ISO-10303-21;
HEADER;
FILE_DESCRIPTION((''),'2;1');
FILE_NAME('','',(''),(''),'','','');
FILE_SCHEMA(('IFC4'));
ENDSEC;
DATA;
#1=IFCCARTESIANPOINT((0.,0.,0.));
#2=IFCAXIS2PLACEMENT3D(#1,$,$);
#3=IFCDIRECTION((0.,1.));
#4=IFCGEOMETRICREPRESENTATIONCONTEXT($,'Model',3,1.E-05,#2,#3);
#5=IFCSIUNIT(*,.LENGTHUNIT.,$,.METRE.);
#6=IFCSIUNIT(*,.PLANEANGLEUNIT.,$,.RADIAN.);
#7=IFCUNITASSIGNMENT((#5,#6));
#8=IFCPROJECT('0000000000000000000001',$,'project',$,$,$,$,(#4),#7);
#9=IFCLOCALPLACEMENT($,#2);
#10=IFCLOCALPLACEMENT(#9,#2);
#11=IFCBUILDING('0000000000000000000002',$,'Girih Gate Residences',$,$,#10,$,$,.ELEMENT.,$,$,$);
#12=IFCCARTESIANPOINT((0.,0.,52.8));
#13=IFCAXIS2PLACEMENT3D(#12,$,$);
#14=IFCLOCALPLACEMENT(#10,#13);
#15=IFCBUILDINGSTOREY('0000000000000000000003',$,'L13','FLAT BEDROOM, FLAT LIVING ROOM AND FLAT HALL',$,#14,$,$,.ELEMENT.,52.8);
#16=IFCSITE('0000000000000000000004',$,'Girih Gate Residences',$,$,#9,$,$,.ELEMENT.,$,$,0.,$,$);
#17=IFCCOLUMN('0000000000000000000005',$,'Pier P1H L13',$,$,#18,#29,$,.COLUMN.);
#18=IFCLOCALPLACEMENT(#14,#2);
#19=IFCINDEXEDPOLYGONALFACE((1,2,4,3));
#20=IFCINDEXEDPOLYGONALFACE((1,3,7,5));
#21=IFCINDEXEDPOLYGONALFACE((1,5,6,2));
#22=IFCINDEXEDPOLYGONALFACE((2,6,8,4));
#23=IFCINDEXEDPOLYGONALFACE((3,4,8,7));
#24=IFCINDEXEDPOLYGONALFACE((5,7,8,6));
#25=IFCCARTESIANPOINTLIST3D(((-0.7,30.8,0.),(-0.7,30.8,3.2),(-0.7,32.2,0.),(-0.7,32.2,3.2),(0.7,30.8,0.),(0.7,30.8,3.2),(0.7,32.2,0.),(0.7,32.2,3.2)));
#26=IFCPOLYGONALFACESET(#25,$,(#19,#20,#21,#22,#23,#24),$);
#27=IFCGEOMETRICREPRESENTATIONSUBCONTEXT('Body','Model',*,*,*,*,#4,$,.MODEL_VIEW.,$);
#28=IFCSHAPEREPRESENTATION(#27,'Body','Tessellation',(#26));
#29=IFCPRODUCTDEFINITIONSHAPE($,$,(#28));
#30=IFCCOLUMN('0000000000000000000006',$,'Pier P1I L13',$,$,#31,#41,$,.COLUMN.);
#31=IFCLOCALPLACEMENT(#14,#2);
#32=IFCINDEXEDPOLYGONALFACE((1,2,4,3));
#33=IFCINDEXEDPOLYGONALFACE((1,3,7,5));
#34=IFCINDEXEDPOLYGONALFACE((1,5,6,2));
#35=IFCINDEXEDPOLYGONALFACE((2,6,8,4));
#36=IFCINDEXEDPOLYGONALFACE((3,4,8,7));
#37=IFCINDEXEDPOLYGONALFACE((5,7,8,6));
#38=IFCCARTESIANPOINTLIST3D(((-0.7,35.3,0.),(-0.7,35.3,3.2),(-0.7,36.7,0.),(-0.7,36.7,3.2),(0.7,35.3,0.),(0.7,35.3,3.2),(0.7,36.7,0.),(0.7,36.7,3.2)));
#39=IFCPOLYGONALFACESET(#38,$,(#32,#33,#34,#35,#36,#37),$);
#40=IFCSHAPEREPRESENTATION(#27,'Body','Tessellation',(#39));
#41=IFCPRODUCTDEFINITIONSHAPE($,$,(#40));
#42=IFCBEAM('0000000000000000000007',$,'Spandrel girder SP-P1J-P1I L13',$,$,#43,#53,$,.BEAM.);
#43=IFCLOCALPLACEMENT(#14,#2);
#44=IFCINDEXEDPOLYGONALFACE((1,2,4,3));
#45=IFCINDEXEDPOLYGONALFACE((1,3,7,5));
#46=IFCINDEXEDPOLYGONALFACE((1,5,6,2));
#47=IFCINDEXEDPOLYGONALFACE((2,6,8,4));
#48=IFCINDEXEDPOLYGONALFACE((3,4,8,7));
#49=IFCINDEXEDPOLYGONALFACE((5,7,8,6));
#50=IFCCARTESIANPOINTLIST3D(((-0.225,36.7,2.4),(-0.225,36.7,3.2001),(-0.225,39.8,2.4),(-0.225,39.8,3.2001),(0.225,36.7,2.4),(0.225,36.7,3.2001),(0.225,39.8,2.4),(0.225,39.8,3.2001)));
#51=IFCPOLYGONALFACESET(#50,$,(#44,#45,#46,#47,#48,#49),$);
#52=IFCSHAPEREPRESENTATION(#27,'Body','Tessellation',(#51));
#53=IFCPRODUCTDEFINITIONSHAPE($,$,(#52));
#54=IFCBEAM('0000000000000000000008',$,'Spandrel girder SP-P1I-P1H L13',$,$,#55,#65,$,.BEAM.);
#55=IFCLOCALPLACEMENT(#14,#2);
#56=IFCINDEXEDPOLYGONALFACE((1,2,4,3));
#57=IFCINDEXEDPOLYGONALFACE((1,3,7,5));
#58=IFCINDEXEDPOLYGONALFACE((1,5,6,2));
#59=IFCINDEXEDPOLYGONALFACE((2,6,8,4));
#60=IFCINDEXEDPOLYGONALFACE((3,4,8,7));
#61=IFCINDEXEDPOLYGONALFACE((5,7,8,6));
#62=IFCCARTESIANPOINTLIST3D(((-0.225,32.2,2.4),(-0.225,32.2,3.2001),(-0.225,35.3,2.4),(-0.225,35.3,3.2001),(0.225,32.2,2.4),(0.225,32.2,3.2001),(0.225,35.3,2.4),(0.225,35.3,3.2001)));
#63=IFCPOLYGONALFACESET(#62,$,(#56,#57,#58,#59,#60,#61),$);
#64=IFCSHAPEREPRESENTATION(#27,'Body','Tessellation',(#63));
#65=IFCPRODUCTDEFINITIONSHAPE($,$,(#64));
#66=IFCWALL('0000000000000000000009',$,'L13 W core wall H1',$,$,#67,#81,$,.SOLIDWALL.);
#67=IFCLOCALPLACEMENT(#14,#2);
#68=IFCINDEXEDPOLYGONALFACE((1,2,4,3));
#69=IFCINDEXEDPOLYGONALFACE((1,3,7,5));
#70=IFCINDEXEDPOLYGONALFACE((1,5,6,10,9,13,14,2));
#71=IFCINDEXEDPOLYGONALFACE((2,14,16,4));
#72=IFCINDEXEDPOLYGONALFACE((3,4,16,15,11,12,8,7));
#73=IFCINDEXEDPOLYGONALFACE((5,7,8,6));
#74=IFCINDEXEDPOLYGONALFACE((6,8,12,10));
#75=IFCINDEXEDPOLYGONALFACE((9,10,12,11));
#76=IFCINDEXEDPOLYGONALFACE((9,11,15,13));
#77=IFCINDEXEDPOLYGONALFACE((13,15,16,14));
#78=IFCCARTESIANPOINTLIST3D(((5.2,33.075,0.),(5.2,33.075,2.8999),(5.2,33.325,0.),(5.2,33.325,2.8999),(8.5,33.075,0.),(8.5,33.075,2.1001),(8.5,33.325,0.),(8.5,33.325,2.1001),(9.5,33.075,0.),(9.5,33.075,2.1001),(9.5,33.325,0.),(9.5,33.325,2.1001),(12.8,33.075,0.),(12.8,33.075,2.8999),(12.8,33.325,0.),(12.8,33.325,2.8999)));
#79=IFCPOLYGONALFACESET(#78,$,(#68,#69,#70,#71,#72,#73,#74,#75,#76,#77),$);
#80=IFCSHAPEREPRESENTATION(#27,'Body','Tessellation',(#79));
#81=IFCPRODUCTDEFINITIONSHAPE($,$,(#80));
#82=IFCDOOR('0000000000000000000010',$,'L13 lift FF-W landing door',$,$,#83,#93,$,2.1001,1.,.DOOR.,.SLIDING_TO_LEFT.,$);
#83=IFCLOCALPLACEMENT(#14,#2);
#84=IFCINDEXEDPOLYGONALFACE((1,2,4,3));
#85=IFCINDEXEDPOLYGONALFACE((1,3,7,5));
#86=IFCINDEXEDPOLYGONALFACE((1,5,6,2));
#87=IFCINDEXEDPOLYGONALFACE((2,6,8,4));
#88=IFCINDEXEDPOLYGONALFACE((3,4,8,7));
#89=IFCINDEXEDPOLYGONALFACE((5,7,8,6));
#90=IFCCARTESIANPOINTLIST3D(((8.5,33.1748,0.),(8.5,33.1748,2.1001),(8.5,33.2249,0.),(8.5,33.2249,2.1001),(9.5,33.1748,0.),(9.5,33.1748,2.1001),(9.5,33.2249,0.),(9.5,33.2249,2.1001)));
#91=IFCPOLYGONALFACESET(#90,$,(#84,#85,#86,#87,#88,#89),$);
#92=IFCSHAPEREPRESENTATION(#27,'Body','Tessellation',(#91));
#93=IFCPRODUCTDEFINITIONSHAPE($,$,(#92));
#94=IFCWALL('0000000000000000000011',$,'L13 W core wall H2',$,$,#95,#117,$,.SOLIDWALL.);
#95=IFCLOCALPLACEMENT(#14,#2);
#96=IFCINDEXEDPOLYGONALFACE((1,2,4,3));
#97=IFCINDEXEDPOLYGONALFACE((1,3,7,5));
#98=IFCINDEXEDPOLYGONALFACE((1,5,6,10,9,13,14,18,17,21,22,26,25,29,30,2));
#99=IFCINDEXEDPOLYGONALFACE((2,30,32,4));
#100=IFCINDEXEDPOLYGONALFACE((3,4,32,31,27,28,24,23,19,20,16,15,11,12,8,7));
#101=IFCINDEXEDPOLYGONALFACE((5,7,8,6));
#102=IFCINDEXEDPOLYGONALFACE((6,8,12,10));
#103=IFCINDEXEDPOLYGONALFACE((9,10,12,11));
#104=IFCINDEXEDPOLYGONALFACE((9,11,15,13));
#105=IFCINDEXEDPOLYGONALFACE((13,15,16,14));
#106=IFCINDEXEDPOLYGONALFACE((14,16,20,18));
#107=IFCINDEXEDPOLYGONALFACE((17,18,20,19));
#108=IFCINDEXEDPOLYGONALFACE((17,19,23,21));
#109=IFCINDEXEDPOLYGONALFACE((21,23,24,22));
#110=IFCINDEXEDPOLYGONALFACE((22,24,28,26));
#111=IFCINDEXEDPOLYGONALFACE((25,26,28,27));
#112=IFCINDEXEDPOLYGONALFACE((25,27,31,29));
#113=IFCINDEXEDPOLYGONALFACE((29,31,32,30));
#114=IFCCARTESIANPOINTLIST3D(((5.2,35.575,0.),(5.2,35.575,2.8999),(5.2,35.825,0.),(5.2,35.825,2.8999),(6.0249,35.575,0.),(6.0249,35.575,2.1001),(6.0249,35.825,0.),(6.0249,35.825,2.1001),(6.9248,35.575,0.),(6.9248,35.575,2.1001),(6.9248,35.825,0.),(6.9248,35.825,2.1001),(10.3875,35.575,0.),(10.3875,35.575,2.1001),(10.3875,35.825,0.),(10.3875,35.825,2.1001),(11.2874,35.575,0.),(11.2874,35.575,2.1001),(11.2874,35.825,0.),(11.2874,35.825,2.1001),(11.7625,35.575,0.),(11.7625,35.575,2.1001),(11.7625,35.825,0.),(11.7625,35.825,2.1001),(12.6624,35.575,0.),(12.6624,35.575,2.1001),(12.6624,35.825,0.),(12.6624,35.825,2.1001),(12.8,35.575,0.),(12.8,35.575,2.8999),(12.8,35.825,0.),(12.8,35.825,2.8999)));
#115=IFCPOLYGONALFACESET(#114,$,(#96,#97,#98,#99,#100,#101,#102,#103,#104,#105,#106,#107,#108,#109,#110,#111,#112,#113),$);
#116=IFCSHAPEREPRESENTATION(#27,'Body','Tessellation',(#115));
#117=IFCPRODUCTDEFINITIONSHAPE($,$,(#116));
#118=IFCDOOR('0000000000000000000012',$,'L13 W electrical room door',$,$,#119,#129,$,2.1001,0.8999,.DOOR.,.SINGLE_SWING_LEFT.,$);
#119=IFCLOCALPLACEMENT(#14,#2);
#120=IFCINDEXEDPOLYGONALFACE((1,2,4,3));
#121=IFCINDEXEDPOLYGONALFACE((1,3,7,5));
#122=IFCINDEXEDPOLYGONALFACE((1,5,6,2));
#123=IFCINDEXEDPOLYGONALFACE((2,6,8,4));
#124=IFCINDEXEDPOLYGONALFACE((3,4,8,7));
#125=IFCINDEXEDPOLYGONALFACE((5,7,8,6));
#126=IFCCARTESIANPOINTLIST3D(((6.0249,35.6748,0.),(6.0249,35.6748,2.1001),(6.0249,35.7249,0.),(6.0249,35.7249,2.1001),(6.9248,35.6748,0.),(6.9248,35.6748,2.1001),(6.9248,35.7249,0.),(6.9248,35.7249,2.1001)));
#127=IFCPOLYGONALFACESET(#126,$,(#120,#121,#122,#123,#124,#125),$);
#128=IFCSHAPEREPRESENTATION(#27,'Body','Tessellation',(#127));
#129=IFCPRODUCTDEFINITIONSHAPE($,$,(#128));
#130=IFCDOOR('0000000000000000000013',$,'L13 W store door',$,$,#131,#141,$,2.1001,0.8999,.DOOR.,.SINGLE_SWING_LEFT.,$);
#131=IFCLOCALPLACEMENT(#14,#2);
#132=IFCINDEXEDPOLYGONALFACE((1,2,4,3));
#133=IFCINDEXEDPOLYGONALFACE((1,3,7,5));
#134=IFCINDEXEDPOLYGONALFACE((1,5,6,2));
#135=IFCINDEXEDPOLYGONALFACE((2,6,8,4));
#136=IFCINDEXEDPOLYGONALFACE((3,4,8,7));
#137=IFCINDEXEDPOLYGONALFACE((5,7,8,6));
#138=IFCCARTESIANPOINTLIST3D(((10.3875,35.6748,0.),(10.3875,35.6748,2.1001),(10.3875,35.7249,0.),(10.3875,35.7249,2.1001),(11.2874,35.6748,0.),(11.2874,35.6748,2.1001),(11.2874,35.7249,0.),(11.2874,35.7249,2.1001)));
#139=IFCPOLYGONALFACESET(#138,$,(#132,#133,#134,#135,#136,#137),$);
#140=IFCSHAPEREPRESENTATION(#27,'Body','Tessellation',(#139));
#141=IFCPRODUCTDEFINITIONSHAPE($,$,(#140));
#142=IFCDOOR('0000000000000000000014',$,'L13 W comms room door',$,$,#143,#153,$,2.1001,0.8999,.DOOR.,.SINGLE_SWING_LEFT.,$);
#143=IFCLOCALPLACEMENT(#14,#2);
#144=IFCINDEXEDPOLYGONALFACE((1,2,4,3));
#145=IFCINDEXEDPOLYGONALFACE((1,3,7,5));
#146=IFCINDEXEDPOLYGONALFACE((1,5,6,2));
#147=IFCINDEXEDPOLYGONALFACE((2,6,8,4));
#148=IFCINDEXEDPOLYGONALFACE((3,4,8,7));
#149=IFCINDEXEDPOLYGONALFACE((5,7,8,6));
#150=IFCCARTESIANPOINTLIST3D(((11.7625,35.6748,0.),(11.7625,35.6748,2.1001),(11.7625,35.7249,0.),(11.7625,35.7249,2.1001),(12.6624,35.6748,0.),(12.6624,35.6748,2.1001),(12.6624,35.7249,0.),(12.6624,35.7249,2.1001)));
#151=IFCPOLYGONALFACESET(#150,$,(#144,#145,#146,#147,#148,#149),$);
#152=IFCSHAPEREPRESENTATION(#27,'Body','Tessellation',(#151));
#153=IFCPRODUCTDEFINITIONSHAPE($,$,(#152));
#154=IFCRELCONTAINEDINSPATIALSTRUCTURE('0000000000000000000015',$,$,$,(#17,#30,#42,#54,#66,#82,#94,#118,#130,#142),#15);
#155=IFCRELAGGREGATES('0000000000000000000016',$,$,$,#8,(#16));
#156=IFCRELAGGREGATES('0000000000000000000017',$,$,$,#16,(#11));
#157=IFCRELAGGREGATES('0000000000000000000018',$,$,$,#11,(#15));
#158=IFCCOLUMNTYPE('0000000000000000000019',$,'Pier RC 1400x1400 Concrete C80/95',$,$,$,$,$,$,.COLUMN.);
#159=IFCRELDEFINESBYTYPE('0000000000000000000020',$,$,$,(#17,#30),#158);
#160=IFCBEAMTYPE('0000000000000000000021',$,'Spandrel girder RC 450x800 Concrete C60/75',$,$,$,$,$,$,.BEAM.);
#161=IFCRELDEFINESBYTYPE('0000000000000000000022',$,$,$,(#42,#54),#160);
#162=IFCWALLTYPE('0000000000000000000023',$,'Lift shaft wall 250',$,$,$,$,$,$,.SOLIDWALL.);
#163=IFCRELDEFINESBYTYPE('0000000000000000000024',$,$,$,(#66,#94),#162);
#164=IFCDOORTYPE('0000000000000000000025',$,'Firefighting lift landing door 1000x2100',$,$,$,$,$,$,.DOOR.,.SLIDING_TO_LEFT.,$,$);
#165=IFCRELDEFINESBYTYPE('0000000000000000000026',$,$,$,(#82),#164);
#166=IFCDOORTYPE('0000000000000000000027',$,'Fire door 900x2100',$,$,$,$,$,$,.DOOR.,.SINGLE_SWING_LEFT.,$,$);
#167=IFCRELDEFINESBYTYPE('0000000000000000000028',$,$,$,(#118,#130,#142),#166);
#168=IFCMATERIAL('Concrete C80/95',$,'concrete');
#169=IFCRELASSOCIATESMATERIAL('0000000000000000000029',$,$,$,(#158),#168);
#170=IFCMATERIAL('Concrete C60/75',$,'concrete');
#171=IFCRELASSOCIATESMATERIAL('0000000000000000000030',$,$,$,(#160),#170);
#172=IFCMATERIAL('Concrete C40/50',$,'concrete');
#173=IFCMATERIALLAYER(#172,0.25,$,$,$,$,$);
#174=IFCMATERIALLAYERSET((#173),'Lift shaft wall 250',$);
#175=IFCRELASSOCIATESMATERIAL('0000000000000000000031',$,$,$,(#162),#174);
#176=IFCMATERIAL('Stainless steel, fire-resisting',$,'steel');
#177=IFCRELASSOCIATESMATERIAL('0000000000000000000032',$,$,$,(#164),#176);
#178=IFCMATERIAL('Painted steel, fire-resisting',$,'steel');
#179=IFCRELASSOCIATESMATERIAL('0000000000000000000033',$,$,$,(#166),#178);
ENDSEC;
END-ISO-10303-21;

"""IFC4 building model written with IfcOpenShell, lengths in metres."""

from ifc_helpers import new_model, si_unit, direction, frame, frame_2d, origin, origin_2d, place, context, subcontext, project, spatial, rectangle, extrude, material, layer, layer_set, material_profile, profile_set, type_object, element, fill, save


model = new_model("IFC4")

# Units and contexts
model_context = context("Model", 3, precision=1e-05, world=origin(), true_north=direction((0.0, 1.0)))
body_context = subcontext(model_context, "Body", "Model", "MODEL_VIEW")
ifc_project = project(units=[si_unit("LENGTHUNIT", "METRE"), si_unit("PLANEANGLEUNIT", "RADIAN")], contexts=[model_context])

# Site, building, storey
site_placement = place(None, origin())
site = spatial("IfcSite", under=ifc_project, at=site_placement, Name="Girih Gate Residences", CompositionType="ELEMENT", RefElevation=0.0)
building_placement = place(site_placement, origin())
building = spatial("IfcBuilding", under=site, at=building_placement, Name="Girih Gate Residences", CompositionType="ELEMENT")
storey_placement = place(building_placement, frame((0.0, 0.0, 52.8)))
storey = spatial("IfcBuildingStorey", under=building, at=storey_placement, Name="L13", Description="FLAT BEDROOM, FLAT LIVING ROOM AND FLAT HALL", CompositionType="ELEMENT", Elevation=52.8)

# Columns
ifc_material_1 = material(Name="Concrete C80/95", Category="concrete")
ifc_material_profile_1 = material_profile(ifc_material_1, rectangle(XDim=1.3999, YDim=1.3999, at=origin_2d()))
ifc_profile_set_1 = profile_set([ifc_material_profile_1], Name="Concrete C80/95")
column_type = type_object("IfcColumnType", Name="Pier RC 1400x1400 Concrete C80/95", PredefinedType="COLUMN", material=ifc_profile_set_1)
for number, where, z_axis, x_axis, name in (
    (1, (0.0, 31.5, 0.0), (0.0, 0.0, 1.0), (1.0, 0.0, 0.0), "Pier P1H L13"),
    (2, (0.0, 36.0, 0.0), (0.0, 0.0, 1.0), (1.0, 0.0, 0.0), "Pier P1I L13"),
):
    element("IfcColumn", number, at=place(storey_placement, frame(where, z_axis=z_axis, x_axis=x_axis)), inside=storey, type_object=column_type, Name=name, PredefinedType="COLUMN", context=body_context, shape_type="SweptSolid", body=[
        extrude(rectangle(XDim=1.3999, YDim=1.3999, at=origin_2d()), origin(), (0.0, 0.0, 1.0), 3.2),
    ])

# Beams
ifc_material_2 = material(Name="Concrete C60/75", Category="concrete")
ifc_material_profile_2 = material_profile(ifc_material_2, rectangle(XDim=0.45, YDim=0.8, at=origin_2d()))
ifc_profile_set_2 = profile_set([ifc_material_profile_2], Name="Concrete C60/75")
beam_type = type_object("IfcBeamType", Name="Spandrel girder RC 450x800 Concrete C60/75", PredefinedType="BEAM", material=ifc_profile_set_2)
for number, where, z_axis, x_axis, name in (
    (3, (0.0, 39.8, 2.8), (0.0, -1.0, 0.0), (1.0, 0.0, 0.0), "Spandrel girder SP-P1J-P1I L13"),
    (4, (0.0, 35.3, 2.8), (0.0, -1.0, 0.0), (1.0, 0.0, 0.0), "Spandrel girder SP-P1I-P1H L13"),
):
    element("IfcBeam", number, at=place(storey_placement, frame(where, z_axis=z_axis, x_axis=x_axis)), inside=storey, type_object=beam_type, Name=name, PredefinedType="BEAM", context=body_context, shape_type="SweptSolid", body=[
        extrude(rectangle(XDim=0.45, YDim=0.8, at=origin_2d()), origin(), (0.0, 0.0, 1.0), 3.1001),
    ])

# Wall, opening, door
ifc_material_3 = material(Name="Concrete C40/50", Category="concrete")
ifc_layer_1 = layer(ifc_material_3, 0.25)
ifc_layer_set_1 = layer_set([ifc_layer_1], Name="Lift shaft wall 250")
wall_type_1 = type_object("IfcWallType", Name="Lift shaft wall 250", PredefinedType="SOLIDWALL", material=ifc_layer_set_1)
wall_1_placement = place(storey_placement, frame((5.2, 33.2, 0.0), z_axis=(0.0, 0.0, 1.0), x_axis=(1.0, 0.0, 0.0)))
wall_1 = element("IfcWall", 5, at=wall_1_placement, inside=storey, type_object=wall_type_1, Name="L13 W core wall H1", PredefinedType="SOLIDWALL", context=body_context, shape_type="SweptSolid", body=[
    extrude(rectangle(XDim=7.6001, YDim=0.25, at=frame_2d((3.8, 0.0))), origin(), (0.0, 0.0, 1.0), 2.8999),
])
opening_1_placement = place(wall_1_placement, frame((3.3, 0.0, 0.0)))
opening_1 = element("IfcOpeningElement", 6, at=opening_1_placement, cuts=wall_1, PredefinedType="OPENING", context=body_context, shape_type="SweptSolid", body=[
    extrude(rectangle(XDim=1.0, YDim=2.1001, at=frame_2d((0.5, 1.05))), frame((0.0, 0.135, 0.0), z_axis=(0.0, -1.0, 0.0), x_axis=(1.0, 0.0, 0.0)), (0.0, 0.0, 1.0), 0.27),
])
ifc_material_4 = material(Name="Stainless steel, fire-resisting", Category="steel")
door_type_1 = type_object("IfcDoorType", Name="Firefighting lift landing door 1000x2100", OperationType="SLIDING_TO_LEFT", PredefinedType="DOOR", material=ifc_material_4)
door_1_placement = place(opening_1_placement, origin())
door_1 = element("IfcDoor", 7, at=door_1_placement, inside=storey, type_object=door_type_1, Name="L13 lift FF-W landing door", OperationType="SLIDING_TO_LEFT", OverallHeight=2.1001, OverallWidth=1.0, PredefinedType="DOOR", context=body_context, shape_type="SweptSolid", body=[
    extrude(rectangle(XDim=1.0, YDim=2.1001, at=frame_2d((0.5, 1.05))), frame((0.0, 0.0249, 0.0), z_axis=(0.0, -1.0, 0.0), x_axis=(1.0, 0.0, 0.0)), (0.0, 0.0, 1.0), 0.05),
])
fill(opening_1, door_1)

# Wall, openings, doors
wall_2_placement = place(storey_placement, frame((5.2, 35.7, 0.0), z_axis=(0.0, 0.0, 1.0), x_axis=(1.0, 0.0, 0.0)))
wall_2 = element("IfcWall", 8, at=wall_2_placement, inside=storey, type_object=wall_type_1, Name="L13 W core wall H2", PredefinedType="SOLIDWALL", context=body_context, shape_type="SweptSolid", body=[
    extrude(rectangle(XDim=7.6001, YDim=0.25, at=frame_2d((3.8, 0.0))), origin(), (0.0, 0.0, 1.0), 2.8999),
])
opening_2_placement = place(wall_2_placement, frame((0.825, 0.0, 0.0)))
opening_2 = element("IfcOpeningElement", 9, at=opening_2_placement, cuts=wall_2, PredefinedType="OPENING", context=body_context, shape_type="SweptSolid", body=[
    extrude(rectangle(XDim=0.8999, YDim=2.1001, at=frame_2d((0.45, 1.05))), frame((0.0, 0.135, 0.0), z_axis=(0.0, -1.0, 0.0), x_axis=(1.0, 0.0, 0.0)), (0.0, 0.0, 1.0), 0.27),
])
opening_3_placement = place(wall_2_placement, frame((5.1875, 0.0, 0.0)))
opening_3 = element("IfcOpeningElement", 10, at=opening_3_placement, cuts=wall_2, PredefinedType="OPENING", context=body_context, shape_type="SweptSolid", body=[
    extrude(rectangle(XDim=0.8999, YDim=2.1001, at=frame_2d((0.45, 1.05))), frame((0.0, 0.135, 0.0), z_axis=(0.0, -1.0, 0.0), x_axis=(1.0, 0.0, 0.0)), (0.0, 0.0, 1.0), 0.27),
])
opening_4_placement = place(wall_2_placement, frame((6.5625, 0.0, 0.0)))
opening_4 = element("IfcOpeningElement", 11, at=opening_4_placement, cuts=wall_2, PredefinedType="OPENING", context=body_context, shape_type="SweptSolid", body=[
    extrude(rectangle(XDim=0.8999, YDim=2.1001, at=frame_2d((0.45, 1.05))), frame((0.0, 0.135, 0.0), z_axis=(0.0, -1.0, 0.0), x_axis=(1.0, 0.0, 0.0)), (0.0, 0.0, 1.0), 0.27),
])
ifc_material_5 = material(Name="Painted steel, fire-resisting", Category="steel")
door_type_2 = type_object("IfcDoorType", Name="Fire door 900x2100", OperationType="SINGLE_SWING_LEFT", PredefinedType="DOOR", material=ifc_material_5)
door_2_placement = place(opening_2_placement, origin())
door_2 = element("IfcDoor", 12, at=door_2_placement, inside=storey, type_object=door_type_2, Name="L13 W electrical room door", OperationType="SINGLE_SWING_LEFT", OverallHeight=2.1001, OverallWidth=0.8999, PredefinedType="DOOR", context=body_context, shape_type="SweptSolid", body=[
    extrude(rectangle(XDim=0.8999, YDim=2.1001, at=frame_2d((0.45, 1.05))), frame((0.0, 0.0249, 0.0), z_axis=(0.0, -1.0, 0.0), x_axis=(1.0, 0.0, 0.0)), (0.0, 0.0, 1.0), 0.05),
])
fill(opening_2, door_2)
door_3_placement = place(opening_3_placement, origin())
door_3 = element("IfcDoor", 13, at=door_3_placement, inside=storey, type_object=door_type_2, Name="L13 W store door", OperationType="SINGLE_SWING_LEFT", OverallHeight=2.1001, OverallWidth=0.8999, PredefinedType="DOOR", context=body_context, shape_type="SweptSolid", body=[
    extrude(rectangle(XDim=0.8999, YDim=2.1001, at=frame_2d((0.45, 1.05))), frame((0.0, 0.0249, 0.0), z_axis=(0.0, -1.0, 0.0), x_axis=(1.0, 0.0, 0.0)), (0.0, 0.0, 1.0), 0.05),
])
fill(opening_3, door_3)
door_4_placement = place(opening_4_placement, origin())
door_4 = element("IfcDoor", 14, at=door_4_placement, inside=storey, type_object=door_type_2, Name="L13 W comms room door", OperationType="SINGLE_SWING_LEFT", OverallHeight=2.1001, OverallWidth=0.8999, PredefinedType="DOOR", context=body_context, shape_type="SweptSolid", body=[
    extrude(rectangle(XDim=0.8999, YDim=2.1001, at=frame_2d((0.45, 1.05))), frame((0.0, 0.0249, 0.0), z_axis=(0.0, -1.0, 0.0), x_axis=(1.0, 0.0, 0.0)), (0.0, 0.0, 1.0), 0.05),
])
fill(opening_4, door_4)

save(model, "model.ifc")
